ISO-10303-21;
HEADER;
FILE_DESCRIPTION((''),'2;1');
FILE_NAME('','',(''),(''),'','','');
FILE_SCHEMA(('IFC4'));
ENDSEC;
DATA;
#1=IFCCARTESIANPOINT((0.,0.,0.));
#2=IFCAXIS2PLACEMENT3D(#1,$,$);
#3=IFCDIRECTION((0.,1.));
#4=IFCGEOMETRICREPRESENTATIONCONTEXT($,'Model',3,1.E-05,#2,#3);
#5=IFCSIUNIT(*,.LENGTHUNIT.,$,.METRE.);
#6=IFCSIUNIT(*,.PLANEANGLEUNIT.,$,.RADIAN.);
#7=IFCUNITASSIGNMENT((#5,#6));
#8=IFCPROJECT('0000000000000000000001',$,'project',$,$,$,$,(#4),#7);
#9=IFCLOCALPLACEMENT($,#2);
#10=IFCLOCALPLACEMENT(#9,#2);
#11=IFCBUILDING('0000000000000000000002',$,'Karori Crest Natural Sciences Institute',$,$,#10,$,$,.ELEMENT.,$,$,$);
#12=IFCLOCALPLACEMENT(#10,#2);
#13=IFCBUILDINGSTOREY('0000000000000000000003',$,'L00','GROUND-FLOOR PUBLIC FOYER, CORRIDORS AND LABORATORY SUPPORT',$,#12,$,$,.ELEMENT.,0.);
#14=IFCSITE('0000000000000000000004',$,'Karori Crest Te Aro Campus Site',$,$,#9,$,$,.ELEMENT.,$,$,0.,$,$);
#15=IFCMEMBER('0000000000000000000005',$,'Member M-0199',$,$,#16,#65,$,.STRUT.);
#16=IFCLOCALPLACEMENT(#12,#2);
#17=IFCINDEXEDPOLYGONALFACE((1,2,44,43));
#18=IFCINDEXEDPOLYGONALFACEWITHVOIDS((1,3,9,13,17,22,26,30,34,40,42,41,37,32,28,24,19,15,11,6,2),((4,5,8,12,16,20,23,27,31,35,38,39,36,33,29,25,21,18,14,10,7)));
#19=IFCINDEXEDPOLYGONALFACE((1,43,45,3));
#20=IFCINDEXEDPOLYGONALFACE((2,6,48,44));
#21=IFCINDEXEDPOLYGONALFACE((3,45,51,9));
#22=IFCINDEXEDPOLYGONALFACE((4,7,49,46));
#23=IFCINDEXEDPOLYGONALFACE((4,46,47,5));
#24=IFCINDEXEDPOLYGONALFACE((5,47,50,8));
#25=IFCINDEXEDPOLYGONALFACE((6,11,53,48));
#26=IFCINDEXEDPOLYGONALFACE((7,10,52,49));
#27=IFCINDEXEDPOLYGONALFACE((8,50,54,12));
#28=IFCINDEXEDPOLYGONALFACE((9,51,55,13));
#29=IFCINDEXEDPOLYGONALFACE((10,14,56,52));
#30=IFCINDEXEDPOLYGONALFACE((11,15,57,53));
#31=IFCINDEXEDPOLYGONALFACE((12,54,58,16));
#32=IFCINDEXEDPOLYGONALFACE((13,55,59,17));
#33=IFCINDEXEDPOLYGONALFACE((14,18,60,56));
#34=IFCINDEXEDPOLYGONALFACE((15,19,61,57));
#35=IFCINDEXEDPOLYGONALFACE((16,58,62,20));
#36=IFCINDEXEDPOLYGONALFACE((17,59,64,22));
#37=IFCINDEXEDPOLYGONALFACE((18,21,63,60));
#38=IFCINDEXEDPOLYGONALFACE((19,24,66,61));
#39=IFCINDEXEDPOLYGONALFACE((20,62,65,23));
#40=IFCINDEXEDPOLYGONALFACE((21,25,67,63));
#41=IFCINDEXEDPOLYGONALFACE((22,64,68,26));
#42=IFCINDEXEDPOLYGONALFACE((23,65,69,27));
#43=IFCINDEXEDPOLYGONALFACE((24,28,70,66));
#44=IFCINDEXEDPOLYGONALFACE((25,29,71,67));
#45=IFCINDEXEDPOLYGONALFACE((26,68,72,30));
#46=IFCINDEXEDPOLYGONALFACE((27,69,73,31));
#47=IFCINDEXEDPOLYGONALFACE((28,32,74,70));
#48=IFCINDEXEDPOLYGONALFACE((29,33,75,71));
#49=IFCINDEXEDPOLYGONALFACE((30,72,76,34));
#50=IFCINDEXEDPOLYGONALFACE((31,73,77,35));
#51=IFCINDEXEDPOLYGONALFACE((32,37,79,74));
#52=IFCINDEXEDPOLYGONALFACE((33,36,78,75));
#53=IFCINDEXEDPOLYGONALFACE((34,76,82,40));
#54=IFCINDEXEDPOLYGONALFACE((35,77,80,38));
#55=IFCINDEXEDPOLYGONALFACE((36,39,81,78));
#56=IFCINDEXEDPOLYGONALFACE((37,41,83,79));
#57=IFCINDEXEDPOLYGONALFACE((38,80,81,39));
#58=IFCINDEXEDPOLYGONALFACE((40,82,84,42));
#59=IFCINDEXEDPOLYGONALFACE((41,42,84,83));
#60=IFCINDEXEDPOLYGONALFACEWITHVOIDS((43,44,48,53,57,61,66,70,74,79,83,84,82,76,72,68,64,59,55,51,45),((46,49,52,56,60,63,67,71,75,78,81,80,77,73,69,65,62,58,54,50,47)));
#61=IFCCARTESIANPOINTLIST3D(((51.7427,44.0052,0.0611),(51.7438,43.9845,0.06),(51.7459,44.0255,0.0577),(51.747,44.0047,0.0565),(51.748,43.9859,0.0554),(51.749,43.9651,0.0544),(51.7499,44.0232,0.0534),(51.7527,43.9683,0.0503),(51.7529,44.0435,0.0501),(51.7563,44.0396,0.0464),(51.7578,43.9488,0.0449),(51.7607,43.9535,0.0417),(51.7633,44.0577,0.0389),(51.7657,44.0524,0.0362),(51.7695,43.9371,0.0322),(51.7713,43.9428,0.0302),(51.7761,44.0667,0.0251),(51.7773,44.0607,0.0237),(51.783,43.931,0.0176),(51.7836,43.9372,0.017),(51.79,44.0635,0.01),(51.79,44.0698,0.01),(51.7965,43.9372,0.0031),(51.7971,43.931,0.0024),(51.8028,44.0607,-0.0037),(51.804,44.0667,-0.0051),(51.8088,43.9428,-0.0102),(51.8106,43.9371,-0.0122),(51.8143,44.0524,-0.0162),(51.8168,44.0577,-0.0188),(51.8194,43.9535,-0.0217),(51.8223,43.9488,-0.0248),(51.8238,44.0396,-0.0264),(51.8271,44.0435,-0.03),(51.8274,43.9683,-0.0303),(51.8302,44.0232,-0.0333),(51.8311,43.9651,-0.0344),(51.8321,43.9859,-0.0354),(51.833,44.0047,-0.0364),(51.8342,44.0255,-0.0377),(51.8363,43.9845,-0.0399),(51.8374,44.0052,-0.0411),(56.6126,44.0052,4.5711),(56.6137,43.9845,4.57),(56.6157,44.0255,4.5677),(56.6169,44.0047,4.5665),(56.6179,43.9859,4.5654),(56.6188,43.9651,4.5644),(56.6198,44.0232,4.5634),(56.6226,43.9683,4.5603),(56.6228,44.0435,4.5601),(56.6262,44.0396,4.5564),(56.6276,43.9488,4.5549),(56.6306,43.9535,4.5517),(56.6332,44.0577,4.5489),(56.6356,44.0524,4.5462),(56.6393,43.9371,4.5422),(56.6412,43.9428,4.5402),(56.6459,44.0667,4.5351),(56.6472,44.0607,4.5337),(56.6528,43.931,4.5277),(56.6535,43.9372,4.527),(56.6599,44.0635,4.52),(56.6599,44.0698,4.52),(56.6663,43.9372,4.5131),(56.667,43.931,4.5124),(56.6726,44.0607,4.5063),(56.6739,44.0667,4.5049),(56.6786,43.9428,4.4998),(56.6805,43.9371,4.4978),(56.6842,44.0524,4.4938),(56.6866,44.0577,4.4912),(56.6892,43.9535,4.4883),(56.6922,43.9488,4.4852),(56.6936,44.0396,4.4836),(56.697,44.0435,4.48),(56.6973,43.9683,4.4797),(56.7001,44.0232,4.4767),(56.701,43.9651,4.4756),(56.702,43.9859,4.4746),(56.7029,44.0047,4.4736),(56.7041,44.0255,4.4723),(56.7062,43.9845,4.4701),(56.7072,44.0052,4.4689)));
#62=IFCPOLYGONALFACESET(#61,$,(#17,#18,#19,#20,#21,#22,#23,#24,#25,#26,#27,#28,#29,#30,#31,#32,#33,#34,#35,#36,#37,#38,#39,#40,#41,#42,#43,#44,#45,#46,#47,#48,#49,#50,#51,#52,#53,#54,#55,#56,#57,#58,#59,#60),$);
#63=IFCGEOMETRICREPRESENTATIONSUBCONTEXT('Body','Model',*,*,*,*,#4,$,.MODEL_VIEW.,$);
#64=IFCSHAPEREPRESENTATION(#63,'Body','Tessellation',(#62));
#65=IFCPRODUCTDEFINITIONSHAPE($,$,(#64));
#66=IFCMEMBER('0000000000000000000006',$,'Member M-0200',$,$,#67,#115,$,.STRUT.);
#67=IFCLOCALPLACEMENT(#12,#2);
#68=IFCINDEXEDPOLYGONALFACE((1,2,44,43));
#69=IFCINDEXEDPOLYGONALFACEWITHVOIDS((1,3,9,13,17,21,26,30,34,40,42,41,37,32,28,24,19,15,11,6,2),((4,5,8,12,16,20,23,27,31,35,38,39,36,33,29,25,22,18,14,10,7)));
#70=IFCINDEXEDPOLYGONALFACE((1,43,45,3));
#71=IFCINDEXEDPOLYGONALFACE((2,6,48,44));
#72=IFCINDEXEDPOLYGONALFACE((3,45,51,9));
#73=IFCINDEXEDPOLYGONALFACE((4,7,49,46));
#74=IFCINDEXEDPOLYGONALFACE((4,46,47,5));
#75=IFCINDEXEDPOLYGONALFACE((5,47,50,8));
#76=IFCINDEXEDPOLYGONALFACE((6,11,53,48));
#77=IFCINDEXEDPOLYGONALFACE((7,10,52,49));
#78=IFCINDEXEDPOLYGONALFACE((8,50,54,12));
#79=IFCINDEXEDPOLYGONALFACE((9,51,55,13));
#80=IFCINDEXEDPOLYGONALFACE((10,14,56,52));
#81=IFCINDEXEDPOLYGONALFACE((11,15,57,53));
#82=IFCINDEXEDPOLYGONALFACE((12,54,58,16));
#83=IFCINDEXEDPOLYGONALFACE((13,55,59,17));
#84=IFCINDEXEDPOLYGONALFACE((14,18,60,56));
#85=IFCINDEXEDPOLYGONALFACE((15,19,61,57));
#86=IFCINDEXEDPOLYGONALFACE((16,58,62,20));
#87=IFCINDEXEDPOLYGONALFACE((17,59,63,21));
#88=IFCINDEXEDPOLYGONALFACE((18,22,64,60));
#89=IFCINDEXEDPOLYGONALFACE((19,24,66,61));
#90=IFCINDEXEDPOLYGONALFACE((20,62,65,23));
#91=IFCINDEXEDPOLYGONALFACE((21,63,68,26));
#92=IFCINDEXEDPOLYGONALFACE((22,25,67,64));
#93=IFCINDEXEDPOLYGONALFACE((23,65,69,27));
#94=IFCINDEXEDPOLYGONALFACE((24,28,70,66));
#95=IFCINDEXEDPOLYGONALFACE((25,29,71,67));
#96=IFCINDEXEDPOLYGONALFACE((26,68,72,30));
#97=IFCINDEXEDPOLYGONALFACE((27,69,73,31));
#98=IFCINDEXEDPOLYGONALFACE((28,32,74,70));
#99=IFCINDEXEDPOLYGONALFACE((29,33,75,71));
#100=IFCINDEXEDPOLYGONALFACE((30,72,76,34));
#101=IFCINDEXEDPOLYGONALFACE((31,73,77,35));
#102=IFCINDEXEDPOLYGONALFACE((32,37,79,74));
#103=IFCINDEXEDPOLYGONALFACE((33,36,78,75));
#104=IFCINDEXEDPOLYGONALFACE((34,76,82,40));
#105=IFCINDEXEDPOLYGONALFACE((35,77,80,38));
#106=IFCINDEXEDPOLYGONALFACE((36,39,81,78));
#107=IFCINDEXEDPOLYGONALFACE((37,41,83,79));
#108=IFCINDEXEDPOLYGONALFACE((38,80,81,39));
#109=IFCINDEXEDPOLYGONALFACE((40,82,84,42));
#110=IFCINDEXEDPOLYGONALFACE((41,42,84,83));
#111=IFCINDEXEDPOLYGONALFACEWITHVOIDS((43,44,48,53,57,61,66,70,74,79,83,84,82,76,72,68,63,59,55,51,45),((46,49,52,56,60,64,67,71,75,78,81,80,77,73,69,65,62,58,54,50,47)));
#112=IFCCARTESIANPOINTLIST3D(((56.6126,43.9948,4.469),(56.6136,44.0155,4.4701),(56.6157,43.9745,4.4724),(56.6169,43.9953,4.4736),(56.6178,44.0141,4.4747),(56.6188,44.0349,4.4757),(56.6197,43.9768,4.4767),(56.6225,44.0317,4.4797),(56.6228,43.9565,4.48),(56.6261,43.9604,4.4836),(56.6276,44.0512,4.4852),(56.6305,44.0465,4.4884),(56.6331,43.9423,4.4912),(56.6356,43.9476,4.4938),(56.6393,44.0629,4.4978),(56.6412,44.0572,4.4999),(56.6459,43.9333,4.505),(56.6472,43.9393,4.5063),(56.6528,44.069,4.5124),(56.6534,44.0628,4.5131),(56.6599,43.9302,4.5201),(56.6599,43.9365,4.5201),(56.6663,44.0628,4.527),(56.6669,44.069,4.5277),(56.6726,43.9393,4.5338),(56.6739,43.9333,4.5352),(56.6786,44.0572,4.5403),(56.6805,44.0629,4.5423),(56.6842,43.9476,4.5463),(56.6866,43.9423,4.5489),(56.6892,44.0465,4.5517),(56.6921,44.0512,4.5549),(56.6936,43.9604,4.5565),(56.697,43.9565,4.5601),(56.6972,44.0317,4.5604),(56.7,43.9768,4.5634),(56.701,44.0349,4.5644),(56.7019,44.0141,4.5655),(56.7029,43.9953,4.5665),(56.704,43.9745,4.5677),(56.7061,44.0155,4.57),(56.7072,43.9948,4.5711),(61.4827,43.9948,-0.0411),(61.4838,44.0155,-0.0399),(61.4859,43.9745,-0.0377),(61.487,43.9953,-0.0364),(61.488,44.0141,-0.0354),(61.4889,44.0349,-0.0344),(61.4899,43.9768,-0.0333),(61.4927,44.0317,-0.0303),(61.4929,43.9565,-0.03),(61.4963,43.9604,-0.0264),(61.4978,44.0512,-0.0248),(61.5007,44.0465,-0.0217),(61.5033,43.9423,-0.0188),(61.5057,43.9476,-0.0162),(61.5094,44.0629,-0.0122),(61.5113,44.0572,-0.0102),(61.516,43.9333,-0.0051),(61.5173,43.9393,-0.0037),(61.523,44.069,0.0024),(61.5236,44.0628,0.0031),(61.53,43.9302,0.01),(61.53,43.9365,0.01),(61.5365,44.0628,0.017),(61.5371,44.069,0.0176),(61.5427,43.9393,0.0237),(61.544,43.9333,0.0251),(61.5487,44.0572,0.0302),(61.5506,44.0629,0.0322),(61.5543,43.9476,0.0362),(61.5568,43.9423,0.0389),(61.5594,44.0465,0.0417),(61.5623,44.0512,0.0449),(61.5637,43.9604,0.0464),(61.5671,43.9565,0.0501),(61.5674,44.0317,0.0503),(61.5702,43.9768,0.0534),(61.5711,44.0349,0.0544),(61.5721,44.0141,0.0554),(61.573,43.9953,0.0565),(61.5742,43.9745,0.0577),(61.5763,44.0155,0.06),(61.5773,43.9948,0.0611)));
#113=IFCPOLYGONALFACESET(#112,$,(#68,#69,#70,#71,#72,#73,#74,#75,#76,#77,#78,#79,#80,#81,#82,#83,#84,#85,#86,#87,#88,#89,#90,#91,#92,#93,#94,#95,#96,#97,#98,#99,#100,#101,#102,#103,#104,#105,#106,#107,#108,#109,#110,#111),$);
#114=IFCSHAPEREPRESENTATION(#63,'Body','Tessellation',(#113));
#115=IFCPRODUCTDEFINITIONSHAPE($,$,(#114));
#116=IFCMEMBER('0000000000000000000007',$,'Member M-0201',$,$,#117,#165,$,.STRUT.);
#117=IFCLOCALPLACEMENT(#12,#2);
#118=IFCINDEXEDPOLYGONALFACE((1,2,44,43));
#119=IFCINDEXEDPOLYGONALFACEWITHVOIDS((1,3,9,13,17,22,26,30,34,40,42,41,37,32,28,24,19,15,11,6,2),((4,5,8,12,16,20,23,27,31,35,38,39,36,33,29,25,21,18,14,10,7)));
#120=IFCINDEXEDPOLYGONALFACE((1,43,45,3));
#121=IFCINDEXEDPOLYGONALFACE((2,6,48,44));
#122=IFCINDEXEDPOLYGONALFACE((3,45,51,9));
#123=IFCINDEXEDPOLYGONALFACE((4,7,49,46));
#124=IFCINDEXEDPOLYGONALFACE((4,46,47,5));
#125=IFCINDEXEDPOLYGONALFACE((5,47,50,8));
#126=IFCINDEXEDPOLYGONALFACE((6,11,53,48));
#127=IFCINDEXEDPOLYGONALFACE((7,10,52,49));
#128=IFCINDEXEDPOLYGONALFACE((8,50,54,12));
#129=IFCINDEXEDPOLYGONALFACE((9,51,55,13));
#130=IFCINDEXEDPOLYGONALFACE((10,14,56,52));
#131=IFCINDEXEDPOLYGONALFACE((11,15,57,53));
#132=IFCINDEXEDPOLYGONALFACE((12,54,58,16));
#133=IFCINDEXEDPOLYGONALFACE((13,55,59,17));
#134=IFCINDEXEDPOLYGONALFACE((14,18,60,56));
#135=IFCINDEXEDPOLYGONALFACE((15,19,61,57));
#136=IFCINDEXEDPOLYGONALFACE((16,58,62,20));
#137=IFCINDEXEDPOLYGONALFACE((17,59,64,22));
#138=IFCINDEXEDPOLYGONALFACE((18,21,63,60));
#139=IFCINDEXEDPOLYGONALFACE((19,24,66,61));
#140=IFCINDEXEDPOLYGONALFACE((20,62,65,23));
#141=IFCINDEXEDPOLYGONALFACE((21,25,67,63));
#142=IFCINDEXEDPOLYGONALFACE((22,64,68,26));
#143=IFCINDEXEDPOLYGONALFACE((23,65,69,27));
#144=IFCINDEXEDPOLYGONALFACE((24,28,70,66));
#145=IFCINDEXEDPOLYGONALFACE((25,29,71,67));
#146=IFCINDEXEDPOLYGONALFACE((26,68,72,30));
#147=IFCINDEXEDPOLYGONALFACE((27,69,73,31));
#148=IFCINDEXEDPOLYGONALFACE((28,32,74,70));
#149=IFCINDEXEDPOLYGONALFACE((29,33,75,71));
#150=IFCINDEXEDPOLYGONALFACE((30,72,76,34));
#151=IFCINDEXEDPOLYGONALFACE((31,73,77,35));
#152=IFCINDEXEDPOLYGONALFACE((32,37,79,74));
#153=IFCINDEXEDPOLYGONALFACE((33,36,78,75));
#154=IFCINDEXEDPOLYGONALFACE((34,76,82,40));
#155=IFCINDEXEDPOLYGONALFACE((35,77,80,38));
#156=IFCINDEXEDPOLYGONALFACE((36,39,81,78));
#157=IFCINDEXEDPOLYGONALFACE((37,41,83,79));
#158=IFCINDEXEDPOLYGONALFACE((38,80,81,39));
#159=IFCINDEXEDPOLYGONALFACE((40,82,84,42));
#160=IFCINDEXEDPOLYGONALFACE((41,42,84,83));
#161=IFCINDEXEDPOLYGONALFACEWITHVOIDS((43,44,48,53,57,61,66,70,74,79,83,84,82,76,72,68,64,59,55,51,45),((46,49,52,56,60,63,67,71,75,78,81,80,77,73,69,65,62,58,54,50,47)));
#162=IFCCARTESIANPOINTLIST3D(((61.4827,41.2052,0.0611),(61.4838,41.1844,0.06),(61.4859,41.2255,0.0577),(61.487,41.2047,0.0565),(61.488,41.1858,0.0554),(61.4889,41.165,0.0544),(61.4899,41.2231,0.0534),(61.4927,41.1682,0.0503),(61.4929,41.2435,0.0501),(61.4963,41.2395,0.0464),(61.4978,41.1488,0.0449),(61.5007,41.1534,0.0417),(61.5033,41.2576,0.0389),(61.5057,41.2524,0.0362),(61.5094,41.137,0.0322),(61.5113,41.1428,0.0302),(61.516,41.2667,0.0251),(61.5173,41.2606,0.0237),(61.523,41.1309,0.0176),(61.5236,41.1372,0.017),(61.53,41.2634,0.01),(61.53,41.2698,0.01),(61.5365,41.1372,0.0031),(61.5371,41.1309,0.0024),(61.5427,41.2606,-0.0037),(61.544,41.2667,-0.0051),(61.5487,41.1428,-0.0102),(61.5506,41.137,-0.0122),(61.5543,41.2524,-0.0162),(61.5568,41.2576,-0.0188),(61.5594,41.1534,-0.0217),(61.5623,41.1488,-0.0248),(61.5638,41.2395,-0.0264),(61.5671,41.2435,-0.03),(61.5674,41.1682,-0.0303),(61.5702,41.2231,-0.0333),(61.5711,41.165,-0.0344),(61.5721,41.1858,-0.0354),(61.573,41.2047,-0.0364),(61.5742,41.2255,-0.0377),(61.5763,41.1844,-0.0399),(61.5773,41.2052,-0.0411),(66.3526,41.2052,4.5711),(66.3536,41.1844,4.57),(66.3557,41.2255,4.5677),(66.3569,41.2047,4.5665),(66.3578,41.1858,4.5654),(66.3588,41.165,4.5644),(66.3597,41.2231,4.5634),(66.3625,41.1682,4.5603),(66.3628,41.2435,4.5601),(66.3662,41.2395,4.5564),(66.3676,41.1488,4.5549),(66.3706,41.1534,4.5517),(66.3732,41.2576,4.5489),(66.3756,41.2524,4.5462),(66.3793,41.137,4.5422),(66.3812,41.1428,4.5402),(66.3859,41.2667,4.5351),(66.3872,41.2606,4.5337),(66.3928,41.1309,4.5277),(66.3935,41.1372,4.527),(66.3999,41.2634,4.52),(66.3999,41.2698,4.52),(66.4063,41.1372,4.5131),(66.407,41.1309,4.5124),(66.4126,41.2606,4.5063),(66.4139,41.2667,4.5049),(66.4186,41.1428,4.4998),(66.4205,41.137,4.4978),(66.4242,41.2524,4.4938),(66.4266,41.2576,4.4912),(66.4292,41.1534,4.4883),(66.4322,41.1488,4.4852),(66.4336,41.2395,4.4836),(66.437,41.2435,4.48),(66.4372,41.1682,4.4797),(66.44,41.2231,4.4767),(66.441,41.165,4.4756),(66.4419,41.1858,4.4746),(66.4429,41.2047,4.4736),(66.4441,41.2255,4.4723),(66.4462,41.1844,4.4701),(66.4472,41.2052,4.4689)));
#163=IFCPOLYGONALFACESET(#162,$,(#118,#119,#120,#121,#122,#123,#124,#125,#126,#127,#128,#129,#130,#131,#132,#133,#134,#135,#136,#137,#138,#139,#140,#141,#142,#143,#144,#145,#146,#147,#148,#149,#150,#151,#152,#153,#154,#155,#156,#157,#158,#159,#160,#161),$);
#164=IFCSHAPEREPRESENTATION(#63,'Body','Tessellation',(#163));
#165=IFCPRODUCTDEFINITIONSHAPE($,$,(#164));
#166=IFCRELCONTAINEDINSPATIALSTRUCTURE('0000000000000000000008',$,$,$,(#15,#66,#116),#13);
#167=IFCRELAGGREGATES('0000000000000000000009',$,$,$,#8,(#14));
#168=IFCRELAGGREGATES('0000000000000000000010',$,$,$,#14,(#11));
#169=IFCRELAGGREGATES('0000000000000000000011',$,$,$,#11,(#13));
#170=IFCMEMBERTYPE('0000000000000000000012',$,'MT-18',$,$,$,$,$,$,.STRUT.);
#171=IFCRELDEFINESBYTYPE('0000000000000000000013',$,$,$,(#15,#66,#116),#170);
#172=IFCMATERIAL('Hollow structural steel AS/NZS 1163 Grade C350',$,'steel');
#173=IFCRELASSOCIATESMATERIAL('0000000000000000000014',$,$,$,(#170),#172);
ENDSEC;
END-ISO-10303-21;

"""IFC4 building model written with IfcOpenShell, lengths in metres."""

from ifc_helpers import new_model, si_unit, direction, frame, origin, origin_2d, place, context, subcontext, project, spatial, hollow_circle, extrude, material, material_profile, profile_set, type_object, element, save


model = new_model("IFC4")

# Units and contexts
model_context = context("Model", 3, precision=1e-05, world=origin(), true_north=direction((0.0, 1.0)))
body_context = subcontext(model_context, "Body", "Model", "MODEL_VIEW")
ifc_project = project(units=[si_unit("LENGTHUNIT", "METRE"), si_unit("PLANEANGLEUNIT", "RADIAN")], contexts=[model_context])

# Site, building, storey
site_placement = place(None, origin())
site = spatial("IfcSite", under=ifc_project, at=site_placement, Name="Karori Crest Te Aro Campus Site", CompositionType="ELEMENT", RefElevation=0.0)
building_placement = place(site_placement, origin())
building = spatial("IfcBuilding", under=site, at=building_placement, Name="Karori Crest Natural Sciences Institute", CompositionType="ELEMENT")
storey_placement = place(building_placement, origin())
storey = spatial("IfcBuildingStorey", under=building, at=storey_placement, Name="L00", Description="GROUND-FLOOR PUBLIC FOYER, CORRIDORS AND LABORATORY SUPPORT", CompositionType="ELEMENT", Elevation=0.0)

# Shared definitions
ifc_material_1 = material(Name="Hollow structural steel AS/NZS 1163 Grade C350", Category="steel")

# Members
ifc_material_profile_1 = material_profile(ifc_material_1, hollow_circle(Radius=0.0698, WallThickness=0.0063, at=origin_2d()), Name="CHS139.7x6.4")
ifc_profile_set_1 = profile_set([ifc_material_profile_1], Name="Hollow structural steel AS/NZS 1163 Grade C350")
member_type = type_object("IfcMemberType", Name="MT-18", PredefinedType="STRUT", material=ifc_profile_set_1)
member_1_placement = place(storey_placement, frame((51.79, 44.0, 0.01), z_axis=(0.733695, 0.0, 0.679478), x_axis=(0.0, 1.0, 0.0)))
element("IfcMember", 1, at=member_1_placement, inside=storey, type_object=member_type, Name="Member M-0199", PredefinedType="STRUT", context=body_context, shape_type="SweptSolid", body=[
    extrude(hollow_circle(Radius=0.0698, WallThickness=0.0063, at=origin_2d()), origin(), (0.0, 0.0, 1.0), 6.6375),
])
member_2_placement = place(storey_placement, frame((61.53, 44.0, 0.01), z_axis=(-0.733712, 0.0, 0.67946), x_axis=(0.0, -1.0, 0.0)))
element("IfcMember", 2, at=member_2_placement, inside=storey, type_object=member_type, Name="Member M-0200", PredefinedType="STRUT", context=body_context, shape_type="SweptSolid", body=[
    extrude(hollow_circle(Radius=0.0698, WallThickness=0.0063, at=origin_2d()), origin(), (0.0, 0.0, 1.0), 6.6377),
])
member_3_placement = place(storey_placement, frame((61.53, 41.2, 0.01), z_axis=(0.733695, 0.0, 0.679478), x_axis=(0.0, 1.0, 0.0)))
element("IfcMember", 3, at=member_3_placement, inside=storey, type_object=member_type, Name="Member M-0201", PredefinedType="STRUT", context=body_context, shape_type="SweptSolid", body=[
    extrude(hollow_circle(Radius=0.0698, WallThickness=0.0063, at=origin_2d()), origin(), (0.0, 0.0, 1.0), 6.6375),
])

save(model, "model.ifc")
